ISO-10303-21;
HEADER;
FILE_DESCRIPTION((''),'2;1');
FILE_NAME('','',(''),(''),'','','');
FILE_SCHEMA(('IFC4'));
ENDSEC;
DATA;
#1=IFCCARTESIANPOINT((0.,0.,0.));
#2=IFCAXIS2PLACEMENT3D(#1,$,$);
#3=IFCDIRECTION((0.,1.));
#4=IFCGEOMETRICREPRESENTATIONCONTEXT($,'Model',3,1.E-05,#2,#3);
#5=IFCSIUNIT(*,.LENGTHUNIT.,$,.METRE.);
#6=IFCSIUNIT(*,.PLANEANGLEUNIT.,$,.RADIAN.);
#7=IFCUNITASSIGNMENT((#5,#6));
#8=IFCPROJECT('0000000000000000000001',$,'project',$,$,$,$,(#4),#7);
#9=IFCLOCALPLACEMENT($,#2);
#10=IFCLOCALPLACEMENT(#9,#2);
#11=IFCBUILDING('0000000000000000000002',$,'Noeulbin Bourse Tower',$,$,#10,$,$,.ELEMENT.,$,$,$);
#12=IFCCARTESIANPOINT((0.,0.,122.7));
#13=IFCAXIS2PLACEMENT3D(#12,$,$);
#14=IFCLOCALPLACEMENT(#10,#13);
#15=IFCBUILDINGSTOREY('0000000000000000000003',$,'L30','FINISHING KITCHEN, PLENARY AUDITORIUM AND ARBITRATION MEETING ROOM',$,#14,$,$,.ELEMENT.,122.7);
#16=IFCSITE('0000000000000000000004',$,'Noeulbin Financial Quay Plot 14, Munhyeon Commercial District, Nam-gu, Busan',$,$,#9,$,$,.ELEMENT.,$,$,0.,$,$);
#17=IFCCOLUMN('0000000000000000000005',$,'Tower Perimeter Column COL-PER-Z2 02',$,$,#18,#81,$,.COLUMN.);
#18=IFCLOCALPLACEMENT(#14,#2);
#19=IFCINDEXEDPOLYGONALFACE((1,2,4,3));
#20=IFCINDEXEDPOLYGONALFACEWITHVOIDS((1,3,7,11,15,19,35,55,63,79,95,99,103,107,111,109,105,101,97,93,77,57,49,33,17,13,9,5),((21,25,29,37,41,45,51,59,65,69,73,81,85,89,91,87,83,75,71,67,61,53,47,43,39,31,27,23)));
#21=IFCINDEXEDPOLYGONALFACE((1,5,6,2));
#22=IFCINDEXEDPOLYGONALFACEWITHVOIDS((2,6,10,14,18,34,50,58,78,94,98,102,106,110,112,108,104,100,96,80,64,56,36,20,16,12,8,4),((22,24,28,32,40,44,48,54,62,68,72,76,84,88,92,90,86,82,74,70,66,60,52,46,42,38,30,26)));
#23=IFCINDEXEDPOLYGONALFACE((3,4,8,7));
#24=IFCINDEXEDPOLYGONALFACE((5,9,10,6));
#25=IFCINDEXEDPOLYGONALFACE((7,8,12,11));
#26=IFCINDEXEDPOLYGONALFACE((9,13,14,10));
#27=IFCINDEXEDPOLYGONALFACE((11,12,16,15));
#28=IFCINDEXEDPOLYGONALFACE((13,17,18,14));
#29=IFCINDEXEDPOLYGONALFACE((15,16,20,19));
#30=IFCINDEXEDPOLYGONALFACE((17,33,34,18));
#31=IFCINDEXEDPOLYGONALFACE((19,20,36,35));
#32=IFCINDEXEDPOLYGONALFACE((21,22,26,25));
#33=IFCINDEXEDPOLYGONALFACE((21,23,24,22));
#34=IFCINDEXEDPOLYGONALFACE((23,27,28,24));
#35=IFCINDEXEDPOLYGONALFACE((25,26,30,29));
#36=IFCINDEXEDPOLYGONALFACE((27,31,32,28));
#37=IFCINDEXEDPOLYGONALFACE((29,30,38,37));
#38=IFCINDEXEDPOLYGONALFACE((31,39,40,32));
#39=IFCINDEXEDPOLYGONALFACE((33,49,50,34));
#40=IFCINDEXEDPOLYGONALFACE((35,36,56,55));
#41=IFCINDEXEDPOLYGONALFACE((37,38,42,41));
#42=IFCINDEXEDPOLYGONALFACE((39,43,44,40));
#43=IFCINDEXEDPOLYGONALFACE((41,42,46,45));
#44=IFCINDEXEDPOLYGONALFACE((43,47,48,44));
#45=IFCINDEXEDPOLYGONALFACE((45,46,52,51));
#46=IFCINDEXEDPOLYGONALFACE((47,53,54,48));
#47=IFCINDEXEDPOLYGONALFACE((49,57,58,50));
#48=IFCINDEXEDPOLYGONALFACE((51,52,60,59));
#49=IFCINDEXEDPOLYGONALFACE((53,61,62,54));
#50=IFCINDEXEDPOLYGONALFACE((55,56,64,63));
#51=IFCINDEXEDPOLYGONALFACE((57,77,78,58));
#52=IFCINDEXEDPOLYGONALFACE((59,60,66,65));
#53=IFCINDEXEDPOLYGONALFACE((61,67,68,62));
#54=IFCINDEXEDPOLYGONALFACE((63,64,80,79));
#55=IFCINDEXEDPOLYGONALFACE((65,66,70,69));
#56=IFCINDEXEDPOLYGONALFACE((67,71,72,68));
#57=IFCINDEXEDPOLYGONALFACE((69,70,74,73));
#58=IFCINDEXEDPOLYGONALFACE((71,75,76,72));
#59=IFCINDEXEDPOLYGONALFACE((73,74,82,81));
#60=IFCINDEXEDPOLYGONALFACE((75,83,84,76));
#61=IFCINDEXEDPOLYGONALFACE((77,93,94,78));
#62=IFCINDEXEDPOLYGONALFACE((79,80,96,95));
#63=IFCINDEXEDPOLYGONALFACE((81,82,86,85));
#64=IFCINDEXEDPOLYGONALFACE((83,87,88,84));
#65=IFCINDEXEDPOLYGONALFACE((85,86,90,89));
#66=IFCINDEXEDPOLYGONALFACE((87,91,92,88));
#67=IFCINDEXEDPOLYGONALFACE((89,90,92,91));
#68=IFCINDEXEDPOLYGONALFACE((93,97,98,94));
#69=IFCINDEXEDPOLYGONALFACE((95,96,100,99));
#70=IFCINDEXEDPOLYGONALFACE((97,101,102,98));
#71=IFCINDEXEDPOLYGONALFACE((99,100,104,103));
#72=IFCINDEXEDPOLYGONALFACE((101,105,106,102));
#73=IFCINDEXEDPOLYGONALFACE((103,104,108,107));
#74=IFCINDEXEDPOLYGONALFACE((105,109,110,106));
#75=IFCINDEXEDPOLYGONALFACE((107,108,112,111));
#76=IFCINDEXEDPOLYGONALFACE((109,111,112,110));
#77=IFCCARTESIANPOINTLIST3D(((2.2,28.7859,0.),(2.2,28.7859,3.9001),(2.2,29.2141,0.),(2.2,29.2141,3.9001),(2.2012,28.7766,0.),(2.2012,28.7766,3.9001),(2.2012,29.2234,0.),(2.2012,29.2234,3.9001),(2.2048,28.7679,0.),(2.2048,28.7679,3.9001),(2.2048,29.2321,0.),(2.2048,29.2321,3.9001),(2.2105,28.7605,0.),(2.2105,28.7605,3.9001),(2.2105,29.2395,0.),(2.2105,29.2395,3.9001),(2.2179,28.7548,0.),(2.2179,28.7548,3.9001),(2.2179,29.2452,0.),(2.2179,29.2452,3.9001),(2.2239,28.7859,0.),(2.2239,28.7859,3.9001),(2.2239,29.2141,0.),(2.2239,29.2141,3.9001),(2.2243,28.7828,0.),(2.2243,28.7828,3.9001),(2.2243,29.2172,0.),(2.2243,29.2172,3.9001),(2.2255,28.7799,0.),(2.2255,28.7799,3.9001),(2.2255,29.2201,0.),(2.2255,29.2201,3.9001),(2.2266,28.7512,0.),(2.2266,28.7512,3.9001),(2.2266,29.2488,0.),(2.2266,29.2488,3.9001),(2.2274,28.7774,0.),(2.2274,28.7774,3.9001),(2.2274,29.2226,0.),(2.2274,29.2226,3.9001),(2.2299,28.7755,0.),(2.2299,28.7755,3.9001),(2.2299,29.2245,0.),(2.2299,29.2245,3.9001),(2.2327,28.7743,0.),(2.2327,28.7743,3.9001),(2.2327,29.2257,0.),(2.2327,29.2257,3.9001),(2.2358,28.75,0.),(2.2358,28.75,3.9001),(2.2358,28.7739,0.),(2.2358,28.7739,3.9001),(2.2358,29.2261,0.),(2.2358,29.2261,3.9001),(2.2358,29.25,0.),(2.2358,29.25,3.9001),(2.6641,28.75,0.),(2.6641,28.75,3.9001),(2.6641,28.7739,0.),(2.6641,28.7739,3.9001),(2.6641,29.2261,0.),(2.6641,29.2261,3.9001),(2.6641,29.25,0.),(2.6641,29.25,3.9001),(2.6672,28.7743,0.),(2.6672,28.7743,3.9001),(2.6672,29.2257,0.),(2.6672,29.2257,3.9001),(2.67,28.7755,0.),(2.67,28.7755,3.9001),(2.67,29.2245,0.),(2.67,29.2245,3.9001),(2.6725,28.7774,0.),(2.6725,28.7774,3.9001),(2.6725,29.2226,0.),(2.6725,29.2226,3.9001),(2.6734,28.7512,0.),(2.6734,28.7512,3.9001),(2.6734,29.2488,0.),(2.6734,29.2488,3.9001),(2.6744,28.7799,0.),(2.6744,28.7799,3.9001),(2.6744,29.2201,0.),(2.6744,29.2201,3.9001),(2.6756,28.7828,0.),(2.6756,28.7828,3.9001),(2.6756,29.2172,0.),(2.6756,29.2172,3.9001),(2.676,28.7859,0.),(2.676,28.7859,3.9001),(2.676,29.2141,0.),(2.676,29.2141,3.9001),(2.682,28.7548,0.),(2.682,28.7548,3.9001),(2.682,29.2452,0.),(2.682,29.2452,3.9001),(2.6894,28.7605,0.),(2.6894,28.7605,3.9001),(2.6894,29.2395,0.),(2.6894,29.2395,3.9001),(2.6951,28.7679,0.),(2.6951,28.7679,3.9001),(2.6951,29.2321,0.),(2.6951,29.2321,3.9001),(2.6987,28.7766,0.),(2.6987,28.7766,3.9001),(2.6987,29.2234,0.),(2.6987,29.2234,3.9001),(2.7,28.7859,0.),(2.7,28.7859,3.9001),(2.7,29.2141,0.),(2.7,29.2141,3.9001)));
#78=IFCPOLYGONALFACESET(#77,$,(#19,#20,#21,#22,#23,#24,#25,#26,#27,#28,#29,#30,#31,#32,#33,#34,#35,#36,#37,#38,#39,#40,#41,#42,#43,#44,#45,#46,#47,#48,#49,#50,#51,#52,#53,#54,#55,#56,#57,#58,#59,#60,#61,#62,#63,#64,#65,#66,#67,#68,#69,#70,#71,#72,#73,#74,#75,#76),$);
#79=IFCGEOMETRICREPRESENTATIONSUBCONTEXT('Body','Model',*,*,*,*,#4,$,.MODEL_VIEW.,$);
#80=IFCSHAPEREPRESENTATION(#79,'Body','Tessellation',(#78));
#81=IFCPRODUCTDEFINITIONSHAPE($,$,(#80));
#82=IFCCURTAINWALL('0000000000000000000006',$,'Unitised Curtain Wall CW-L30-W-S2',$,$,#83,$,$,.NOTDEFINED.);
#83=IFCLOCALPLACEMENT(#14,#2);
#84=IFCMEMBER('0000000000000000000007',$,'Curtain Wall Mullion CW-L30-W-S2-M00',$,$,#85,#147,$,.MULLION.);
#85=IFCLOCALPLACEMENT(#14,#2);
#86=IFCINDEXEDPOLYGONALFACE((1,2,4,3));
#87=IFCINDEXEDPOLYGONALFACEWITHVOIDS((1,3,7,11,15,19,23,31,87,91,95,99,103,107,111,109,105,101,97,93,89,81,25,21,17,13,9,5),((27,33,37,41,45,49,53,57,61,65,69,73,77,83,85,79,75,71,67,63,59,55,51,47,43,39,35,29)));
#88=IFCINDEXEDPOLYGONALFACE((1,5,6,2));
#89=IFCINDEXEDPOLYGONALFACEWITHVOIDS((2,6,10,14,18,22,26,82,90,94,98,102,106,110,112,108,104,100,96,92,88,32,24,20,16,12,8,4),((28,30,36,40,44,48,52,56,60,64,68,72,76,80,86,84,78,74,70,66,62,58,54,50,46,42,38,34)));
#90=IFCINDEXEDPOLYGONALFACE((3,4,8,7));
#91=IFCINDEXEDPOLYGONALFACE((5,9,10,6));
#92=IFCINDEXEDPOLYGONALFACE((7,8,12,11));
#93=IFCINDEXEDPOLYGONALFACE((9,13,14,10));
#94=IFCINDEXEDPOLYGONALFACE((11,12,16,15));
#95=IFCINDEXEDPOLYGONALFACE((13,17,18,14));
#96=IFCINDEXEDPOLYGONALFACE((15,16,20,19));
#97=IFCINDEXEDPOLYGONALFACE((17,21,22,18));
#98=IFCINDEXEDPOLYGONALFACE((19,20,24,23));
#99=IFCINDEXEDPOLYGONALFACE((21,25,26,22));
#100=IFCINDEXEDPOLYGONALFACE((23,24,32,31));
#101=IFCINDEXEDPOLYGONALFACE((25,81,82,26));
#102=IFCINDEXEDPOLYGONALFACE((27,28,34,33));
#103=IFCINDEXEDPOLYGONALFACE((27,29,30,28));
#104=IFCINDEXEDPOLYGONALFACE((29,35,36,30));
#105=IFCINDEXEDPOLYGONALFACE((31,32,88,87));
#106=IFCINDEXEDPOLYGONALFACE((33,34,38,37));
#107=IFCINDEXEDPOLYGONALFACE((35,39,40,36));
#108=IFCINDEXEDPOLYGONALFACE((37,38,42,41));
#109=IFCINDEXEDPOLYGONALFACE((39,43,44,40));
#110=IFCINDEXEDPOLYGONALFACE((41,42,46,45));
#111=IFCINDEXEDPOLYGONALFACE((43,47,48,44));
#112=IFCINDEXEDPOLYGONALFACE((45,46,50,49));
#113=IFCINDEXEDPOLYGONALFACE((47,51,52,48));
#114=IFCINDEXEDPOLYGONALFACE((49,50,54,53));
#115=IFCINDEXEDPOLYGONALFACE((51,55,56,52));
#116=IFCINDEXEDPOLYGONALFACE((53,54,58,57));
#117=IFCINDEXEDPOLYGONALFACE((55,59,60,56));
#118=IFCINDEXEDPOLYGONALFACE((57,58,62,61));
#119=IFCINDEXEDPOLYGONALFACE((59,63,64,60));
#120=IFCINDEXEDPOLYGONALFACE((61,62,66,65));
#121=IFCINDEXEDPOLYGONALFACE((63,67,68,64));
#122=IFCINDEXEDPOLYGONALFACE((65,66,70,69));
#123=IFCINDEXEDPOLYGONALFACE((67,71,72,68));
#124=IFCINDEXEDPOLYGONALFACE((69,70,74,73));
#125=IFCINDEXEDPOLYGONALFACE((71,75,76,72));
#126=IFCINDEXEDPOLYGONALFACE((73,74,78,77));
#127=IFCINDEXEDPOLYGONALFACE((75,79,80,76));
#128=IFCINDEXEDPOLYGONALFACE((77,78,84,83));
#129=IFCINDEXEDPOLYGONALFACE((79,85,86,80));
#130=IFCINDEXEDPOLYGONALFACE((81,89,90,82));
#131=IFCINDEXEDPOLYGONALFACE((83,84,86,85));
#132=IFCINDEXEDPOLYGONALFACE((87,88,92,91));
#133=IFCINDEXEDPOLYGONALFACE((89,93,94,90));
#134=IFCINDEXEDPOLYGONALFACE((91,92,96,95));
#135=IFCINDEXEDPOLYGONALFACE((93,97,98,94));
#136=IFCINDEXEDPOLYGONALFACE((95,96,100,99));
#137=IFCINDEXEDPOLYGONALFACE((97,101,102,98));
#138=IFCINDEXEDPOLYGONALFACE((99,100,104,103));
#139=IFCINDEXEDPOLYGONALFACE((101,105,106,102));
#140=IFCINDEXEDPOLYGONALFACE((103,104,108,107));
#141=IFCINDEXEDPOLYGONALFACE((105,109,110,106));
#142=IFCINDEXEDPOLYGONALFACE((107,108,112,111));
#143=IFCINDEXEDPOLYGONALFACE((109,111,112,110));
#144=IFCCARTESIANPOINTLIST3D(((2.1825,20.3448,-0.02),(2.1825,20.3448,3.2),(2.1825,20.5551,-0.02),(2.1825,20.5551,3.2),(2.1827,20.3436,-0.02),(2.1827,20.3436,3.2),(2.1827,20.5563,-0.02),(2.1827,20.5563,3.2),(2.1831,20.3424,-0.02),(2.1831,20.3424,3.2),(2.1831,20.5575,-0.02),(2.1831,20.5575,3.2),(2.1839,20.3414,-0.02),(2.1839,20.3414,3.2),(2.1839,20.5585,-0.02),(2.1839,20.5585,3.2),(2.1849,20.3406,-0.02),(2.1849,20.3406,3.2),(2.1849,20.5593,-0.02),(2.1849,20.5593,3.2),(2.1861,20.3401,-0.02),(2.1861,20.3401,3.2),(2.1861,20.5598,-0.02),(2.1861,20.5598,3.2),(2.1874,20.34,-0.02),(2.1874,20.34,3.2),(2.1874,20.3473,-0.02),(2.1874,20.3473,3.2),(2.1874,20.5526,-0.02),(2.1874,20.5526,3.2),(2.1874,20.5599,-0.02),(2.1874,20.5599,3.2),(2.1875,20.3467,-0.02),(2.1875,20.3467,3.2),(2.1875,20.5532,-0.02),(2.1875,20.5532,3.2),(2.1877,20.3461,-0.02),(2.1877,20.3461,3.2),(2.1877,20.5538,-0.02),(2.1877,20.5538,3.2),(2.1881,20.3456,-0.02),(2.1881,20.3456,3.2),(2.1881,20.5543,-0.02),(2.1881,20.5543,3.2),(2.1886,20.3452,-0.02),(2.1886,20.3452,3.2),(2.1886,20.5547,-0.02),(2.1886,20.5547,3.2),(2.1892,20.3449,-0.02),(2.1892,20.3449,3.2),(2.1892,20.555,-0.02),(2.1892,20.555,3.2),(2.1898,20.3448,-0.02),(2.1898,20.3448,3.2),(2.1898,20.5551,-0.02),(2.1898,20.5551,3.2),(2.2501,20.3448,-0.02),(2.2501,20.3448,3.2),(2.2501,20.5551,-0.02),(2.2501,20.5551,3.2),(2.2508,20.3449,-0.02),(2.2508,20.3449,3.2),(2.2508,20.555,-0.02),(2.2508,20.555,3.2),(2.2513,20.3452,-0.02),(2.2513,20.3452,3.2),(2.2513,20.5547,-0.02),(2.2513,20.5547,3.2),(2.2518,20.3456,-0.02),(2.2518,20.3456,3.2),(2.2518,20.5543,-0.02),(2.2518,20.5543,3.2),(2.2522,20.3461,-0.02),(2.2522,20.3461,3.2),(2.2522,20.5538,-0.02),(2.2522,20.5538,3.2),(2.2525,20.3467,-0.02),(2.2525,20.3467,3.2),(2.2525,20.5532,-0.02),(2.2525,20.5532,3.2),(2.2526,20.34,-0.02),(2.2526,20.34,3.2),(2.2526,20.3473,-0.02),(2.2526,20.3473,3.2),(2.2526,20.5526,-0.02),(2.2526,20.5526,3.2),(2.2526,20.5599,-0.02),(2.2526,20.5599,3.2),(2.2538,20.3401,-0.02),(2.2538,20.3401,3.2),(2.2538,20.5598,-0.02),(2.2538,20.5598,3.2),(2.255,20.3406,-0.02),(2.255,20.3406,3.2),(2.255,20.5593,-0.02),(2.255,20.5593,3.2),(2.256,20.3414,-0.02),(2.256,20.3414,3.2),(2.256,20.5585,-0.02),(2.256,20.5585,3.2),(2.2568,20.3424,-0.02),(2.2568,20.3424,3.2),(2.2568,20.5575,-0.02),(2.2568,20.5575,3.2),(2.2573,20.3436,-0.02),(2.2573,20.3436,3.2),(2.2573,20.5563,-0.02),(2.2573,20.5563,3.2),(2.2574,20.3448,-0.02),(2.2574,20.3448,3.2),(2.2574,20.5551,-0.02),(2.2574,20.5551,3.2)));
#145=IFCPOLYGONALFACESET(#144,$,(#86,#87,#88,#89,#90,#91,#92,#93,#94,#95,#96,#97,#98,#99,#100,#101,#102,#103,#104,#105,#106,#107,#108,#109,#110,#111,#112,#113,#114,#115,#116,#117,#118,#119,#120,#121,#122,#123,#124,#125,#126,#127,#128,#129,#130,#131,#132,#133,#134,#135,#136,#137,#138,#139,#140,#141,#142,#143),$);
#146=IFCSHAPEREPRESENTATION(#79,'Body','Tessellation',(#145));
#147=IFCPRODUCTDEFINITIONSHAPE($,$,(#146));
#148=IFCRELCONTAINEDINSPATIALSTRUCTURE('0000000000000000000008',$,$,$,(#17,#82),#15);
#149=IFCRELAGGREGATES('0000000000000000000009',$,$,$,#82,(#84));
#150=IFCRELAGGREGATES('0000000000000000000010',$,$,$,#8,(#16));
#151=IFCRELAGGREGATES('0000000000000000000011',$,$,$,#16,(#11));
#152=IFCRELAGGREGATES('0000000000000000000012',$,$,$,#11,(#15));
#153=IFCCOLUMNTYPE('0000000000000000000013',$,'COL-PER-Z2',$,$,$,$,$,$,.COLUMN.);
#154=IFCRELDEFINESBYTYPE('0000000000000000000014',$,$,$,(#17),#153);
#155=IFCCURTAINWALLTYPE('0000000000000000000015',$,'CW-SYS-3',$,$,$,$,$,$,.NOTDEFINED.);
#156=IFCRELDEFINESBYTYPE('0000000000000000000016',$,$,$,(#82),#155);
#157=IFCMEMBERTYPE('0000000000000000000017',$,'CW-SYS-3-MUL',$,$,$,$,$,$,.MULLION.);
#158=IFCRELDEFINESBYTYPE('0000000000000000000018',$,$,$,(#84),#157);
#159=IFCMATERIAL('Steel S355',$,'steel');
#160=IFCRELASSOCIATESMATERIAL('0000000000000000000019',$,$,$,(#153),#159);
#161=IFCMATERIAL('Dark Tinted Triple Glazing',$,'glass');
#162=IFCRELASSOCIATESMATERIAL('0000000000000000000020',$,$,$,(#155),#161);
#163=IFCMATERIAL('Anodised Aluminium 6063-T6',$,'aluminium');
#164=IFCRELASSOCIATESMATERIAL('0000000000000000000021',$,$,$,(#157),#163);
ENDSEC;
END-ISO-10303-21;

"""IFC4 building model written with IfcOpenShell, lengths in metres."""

from ifc_helpers import new_model, si_unit, direction, frame, origin, origin_2d, place, context, subcontext, project, spatial, hollow_rectangle, extrude, material, material_profile, profile_set, type_object, element, aggregate, save


model = new_model("IFC4")

# Units and contexts
model_context = context("Model", 3, precision=1e-05, world=origin(), true_north=direction((0.0, 1.0)))
body_context = subcontext(model_context, "Body", "Model", "MODEL_VIEW")
ifc_project = project(units=[si_unit("LENGTHUNIT", "METRE"), si_unit("PLANEANGLEUNIT", "RADIAN")], contexts=[model_context])

# Site, building, storey
site_placement = place(None, origin())
site = spatial("IfcSite", under=ifc_project, at=site_placement, Name="Noeulbin Financial Quay Plot 14, Munhyeon Commercial District, Nam-gu, Busan", CompositionType="ELEMENT", RefElevation=0.0)
building_placement = place(site_placement, origin())
building = spatial("IfcBuilding", under=site, at=building_placement, Name="Noeulbin Bourse Tower", CompositionType="ELEMENT")
storey_placement = place(building_placement, frame((0.0, 0.0, 122.7)))
storey = spatial("IfcBuildingStorey", under=building, at=storey_placement, Name="L30", Description="FINISHING KITCHEN, PLENARY AUDITORIUM AND ARBITRATION MEETING ROOM", CompositionType="ELEMENT", Elevation=122.7)

# Column
ifc_material_1 = material(Name="Steel S355", Category="steel")
ifc_material_profile_1 = material_profile(ifc_material_1, hollow_rectangle(XDim=0.5, YDim=0.5, WallThickness=0.0239, InnerFilletRadius=0.012, OuterFilletRadius=0.0359, at=origin_2d()), Name="BOX-500x500x24", Category="LoadBearing")
ifc_profile_set_1 = profile_set([ifc_material_profile_1], Name="Steel S355")
column_type = type_object("IfcColumnType", Name="COL-PER-Z2", PredefinedType="COLUMN", material=ifc_profile_set_1)
column_placement = place(storey_placement, frame((2.45, 29.0, 0.0), z_axis=(0.0, 0.0, 1.0), x_axis=(1.0, 0.0, 0.0)))
element("IfcColumn", 1, at=column_placement, inside=storey, type_object=column_type, Name="Tower Perimeter Column COL-PER-Z2 02", PredefinedType="COLUMN", context=body_context, shape_type="SweptSolid", body=[
    extrude(hollow_rectangle(XDim=0.5, YDim=0.5, WallThickness=0.0239, InnerFilletRadius=0.012, OuterFilletRadius=0.0359, at=origin_2d()), origin(), (0.0, 0.0, 1.0), 3.9001),
])

# Curtain wall, member
ifc_material_2 = material(Name="Dark Tinted Triple Glazing", Category="glass")
curtain_wall_type = type_object("IfcCurtainWallType", Name="CW-SYS-3", PredefinedType="NOTDEFINED", material=ifc_material_2)
curtain_wall_placement = place(storey_placement, origin())
curtain_wall = element("IfcCurtainWall", 2, at=curtain_wall_placement, inside=storey, type_object=curtain_wall_type, Name="Unitised Curtain Wall CW-L30-W-S2", PredefinedType="NOTDEFINED")
ifc_material_3 = material(Name="Anodised Aluminium 6063-T6", Category="aluminium")
ifc_material_profile_2 = material_profile(ifc_material_3, hollow_rectangle(XDim=0.075, YDim=0.22, WallThickness=0.0049, InnerFilletRadius=0.0024, OuterFilletRadius=0.0049, at=origin_2d()), Name="ALU-MULL-75x220x5", Category="LoadBearing")
ifc_profile_set_2 = profile_set([ifc_material_profile_2], Name="Anodised Aluminium 6063-T6")
member_type_1 = type_object("IfcMemberType", Name="CW-SYS-3-MUL", PredefinedType="MULLION", material=ifc_profile_set_2)
member_1_placement = place(storey_placement, frame((2.22, 20.45, -0.02), z_axis=(0.0, 0.0, 1.0), x_axis=(1.0, 0.0, 0.0)))
member_1 = element("IfcMember", 3, at=member_1_placement, type_object=member_type_1, Name="Curtain Wall Mullion CW-L30-W-S2-M00", PredefinedType="MULLION", context=body_context, shape_type="SweptSolid", body=[
    extrude(hollow_rectangle(XDim=0.075, YDim=0.22, WallThickness=0.0049, InnerFilletRadius=0.0024, OuterFilletRadius=0.0049, at=origin_2d()), origin(), (0.0, 0.0, 1.0), 3.22),
])
aggregate(curtain_wall, [member_1])

save(model, "model.ifc")
